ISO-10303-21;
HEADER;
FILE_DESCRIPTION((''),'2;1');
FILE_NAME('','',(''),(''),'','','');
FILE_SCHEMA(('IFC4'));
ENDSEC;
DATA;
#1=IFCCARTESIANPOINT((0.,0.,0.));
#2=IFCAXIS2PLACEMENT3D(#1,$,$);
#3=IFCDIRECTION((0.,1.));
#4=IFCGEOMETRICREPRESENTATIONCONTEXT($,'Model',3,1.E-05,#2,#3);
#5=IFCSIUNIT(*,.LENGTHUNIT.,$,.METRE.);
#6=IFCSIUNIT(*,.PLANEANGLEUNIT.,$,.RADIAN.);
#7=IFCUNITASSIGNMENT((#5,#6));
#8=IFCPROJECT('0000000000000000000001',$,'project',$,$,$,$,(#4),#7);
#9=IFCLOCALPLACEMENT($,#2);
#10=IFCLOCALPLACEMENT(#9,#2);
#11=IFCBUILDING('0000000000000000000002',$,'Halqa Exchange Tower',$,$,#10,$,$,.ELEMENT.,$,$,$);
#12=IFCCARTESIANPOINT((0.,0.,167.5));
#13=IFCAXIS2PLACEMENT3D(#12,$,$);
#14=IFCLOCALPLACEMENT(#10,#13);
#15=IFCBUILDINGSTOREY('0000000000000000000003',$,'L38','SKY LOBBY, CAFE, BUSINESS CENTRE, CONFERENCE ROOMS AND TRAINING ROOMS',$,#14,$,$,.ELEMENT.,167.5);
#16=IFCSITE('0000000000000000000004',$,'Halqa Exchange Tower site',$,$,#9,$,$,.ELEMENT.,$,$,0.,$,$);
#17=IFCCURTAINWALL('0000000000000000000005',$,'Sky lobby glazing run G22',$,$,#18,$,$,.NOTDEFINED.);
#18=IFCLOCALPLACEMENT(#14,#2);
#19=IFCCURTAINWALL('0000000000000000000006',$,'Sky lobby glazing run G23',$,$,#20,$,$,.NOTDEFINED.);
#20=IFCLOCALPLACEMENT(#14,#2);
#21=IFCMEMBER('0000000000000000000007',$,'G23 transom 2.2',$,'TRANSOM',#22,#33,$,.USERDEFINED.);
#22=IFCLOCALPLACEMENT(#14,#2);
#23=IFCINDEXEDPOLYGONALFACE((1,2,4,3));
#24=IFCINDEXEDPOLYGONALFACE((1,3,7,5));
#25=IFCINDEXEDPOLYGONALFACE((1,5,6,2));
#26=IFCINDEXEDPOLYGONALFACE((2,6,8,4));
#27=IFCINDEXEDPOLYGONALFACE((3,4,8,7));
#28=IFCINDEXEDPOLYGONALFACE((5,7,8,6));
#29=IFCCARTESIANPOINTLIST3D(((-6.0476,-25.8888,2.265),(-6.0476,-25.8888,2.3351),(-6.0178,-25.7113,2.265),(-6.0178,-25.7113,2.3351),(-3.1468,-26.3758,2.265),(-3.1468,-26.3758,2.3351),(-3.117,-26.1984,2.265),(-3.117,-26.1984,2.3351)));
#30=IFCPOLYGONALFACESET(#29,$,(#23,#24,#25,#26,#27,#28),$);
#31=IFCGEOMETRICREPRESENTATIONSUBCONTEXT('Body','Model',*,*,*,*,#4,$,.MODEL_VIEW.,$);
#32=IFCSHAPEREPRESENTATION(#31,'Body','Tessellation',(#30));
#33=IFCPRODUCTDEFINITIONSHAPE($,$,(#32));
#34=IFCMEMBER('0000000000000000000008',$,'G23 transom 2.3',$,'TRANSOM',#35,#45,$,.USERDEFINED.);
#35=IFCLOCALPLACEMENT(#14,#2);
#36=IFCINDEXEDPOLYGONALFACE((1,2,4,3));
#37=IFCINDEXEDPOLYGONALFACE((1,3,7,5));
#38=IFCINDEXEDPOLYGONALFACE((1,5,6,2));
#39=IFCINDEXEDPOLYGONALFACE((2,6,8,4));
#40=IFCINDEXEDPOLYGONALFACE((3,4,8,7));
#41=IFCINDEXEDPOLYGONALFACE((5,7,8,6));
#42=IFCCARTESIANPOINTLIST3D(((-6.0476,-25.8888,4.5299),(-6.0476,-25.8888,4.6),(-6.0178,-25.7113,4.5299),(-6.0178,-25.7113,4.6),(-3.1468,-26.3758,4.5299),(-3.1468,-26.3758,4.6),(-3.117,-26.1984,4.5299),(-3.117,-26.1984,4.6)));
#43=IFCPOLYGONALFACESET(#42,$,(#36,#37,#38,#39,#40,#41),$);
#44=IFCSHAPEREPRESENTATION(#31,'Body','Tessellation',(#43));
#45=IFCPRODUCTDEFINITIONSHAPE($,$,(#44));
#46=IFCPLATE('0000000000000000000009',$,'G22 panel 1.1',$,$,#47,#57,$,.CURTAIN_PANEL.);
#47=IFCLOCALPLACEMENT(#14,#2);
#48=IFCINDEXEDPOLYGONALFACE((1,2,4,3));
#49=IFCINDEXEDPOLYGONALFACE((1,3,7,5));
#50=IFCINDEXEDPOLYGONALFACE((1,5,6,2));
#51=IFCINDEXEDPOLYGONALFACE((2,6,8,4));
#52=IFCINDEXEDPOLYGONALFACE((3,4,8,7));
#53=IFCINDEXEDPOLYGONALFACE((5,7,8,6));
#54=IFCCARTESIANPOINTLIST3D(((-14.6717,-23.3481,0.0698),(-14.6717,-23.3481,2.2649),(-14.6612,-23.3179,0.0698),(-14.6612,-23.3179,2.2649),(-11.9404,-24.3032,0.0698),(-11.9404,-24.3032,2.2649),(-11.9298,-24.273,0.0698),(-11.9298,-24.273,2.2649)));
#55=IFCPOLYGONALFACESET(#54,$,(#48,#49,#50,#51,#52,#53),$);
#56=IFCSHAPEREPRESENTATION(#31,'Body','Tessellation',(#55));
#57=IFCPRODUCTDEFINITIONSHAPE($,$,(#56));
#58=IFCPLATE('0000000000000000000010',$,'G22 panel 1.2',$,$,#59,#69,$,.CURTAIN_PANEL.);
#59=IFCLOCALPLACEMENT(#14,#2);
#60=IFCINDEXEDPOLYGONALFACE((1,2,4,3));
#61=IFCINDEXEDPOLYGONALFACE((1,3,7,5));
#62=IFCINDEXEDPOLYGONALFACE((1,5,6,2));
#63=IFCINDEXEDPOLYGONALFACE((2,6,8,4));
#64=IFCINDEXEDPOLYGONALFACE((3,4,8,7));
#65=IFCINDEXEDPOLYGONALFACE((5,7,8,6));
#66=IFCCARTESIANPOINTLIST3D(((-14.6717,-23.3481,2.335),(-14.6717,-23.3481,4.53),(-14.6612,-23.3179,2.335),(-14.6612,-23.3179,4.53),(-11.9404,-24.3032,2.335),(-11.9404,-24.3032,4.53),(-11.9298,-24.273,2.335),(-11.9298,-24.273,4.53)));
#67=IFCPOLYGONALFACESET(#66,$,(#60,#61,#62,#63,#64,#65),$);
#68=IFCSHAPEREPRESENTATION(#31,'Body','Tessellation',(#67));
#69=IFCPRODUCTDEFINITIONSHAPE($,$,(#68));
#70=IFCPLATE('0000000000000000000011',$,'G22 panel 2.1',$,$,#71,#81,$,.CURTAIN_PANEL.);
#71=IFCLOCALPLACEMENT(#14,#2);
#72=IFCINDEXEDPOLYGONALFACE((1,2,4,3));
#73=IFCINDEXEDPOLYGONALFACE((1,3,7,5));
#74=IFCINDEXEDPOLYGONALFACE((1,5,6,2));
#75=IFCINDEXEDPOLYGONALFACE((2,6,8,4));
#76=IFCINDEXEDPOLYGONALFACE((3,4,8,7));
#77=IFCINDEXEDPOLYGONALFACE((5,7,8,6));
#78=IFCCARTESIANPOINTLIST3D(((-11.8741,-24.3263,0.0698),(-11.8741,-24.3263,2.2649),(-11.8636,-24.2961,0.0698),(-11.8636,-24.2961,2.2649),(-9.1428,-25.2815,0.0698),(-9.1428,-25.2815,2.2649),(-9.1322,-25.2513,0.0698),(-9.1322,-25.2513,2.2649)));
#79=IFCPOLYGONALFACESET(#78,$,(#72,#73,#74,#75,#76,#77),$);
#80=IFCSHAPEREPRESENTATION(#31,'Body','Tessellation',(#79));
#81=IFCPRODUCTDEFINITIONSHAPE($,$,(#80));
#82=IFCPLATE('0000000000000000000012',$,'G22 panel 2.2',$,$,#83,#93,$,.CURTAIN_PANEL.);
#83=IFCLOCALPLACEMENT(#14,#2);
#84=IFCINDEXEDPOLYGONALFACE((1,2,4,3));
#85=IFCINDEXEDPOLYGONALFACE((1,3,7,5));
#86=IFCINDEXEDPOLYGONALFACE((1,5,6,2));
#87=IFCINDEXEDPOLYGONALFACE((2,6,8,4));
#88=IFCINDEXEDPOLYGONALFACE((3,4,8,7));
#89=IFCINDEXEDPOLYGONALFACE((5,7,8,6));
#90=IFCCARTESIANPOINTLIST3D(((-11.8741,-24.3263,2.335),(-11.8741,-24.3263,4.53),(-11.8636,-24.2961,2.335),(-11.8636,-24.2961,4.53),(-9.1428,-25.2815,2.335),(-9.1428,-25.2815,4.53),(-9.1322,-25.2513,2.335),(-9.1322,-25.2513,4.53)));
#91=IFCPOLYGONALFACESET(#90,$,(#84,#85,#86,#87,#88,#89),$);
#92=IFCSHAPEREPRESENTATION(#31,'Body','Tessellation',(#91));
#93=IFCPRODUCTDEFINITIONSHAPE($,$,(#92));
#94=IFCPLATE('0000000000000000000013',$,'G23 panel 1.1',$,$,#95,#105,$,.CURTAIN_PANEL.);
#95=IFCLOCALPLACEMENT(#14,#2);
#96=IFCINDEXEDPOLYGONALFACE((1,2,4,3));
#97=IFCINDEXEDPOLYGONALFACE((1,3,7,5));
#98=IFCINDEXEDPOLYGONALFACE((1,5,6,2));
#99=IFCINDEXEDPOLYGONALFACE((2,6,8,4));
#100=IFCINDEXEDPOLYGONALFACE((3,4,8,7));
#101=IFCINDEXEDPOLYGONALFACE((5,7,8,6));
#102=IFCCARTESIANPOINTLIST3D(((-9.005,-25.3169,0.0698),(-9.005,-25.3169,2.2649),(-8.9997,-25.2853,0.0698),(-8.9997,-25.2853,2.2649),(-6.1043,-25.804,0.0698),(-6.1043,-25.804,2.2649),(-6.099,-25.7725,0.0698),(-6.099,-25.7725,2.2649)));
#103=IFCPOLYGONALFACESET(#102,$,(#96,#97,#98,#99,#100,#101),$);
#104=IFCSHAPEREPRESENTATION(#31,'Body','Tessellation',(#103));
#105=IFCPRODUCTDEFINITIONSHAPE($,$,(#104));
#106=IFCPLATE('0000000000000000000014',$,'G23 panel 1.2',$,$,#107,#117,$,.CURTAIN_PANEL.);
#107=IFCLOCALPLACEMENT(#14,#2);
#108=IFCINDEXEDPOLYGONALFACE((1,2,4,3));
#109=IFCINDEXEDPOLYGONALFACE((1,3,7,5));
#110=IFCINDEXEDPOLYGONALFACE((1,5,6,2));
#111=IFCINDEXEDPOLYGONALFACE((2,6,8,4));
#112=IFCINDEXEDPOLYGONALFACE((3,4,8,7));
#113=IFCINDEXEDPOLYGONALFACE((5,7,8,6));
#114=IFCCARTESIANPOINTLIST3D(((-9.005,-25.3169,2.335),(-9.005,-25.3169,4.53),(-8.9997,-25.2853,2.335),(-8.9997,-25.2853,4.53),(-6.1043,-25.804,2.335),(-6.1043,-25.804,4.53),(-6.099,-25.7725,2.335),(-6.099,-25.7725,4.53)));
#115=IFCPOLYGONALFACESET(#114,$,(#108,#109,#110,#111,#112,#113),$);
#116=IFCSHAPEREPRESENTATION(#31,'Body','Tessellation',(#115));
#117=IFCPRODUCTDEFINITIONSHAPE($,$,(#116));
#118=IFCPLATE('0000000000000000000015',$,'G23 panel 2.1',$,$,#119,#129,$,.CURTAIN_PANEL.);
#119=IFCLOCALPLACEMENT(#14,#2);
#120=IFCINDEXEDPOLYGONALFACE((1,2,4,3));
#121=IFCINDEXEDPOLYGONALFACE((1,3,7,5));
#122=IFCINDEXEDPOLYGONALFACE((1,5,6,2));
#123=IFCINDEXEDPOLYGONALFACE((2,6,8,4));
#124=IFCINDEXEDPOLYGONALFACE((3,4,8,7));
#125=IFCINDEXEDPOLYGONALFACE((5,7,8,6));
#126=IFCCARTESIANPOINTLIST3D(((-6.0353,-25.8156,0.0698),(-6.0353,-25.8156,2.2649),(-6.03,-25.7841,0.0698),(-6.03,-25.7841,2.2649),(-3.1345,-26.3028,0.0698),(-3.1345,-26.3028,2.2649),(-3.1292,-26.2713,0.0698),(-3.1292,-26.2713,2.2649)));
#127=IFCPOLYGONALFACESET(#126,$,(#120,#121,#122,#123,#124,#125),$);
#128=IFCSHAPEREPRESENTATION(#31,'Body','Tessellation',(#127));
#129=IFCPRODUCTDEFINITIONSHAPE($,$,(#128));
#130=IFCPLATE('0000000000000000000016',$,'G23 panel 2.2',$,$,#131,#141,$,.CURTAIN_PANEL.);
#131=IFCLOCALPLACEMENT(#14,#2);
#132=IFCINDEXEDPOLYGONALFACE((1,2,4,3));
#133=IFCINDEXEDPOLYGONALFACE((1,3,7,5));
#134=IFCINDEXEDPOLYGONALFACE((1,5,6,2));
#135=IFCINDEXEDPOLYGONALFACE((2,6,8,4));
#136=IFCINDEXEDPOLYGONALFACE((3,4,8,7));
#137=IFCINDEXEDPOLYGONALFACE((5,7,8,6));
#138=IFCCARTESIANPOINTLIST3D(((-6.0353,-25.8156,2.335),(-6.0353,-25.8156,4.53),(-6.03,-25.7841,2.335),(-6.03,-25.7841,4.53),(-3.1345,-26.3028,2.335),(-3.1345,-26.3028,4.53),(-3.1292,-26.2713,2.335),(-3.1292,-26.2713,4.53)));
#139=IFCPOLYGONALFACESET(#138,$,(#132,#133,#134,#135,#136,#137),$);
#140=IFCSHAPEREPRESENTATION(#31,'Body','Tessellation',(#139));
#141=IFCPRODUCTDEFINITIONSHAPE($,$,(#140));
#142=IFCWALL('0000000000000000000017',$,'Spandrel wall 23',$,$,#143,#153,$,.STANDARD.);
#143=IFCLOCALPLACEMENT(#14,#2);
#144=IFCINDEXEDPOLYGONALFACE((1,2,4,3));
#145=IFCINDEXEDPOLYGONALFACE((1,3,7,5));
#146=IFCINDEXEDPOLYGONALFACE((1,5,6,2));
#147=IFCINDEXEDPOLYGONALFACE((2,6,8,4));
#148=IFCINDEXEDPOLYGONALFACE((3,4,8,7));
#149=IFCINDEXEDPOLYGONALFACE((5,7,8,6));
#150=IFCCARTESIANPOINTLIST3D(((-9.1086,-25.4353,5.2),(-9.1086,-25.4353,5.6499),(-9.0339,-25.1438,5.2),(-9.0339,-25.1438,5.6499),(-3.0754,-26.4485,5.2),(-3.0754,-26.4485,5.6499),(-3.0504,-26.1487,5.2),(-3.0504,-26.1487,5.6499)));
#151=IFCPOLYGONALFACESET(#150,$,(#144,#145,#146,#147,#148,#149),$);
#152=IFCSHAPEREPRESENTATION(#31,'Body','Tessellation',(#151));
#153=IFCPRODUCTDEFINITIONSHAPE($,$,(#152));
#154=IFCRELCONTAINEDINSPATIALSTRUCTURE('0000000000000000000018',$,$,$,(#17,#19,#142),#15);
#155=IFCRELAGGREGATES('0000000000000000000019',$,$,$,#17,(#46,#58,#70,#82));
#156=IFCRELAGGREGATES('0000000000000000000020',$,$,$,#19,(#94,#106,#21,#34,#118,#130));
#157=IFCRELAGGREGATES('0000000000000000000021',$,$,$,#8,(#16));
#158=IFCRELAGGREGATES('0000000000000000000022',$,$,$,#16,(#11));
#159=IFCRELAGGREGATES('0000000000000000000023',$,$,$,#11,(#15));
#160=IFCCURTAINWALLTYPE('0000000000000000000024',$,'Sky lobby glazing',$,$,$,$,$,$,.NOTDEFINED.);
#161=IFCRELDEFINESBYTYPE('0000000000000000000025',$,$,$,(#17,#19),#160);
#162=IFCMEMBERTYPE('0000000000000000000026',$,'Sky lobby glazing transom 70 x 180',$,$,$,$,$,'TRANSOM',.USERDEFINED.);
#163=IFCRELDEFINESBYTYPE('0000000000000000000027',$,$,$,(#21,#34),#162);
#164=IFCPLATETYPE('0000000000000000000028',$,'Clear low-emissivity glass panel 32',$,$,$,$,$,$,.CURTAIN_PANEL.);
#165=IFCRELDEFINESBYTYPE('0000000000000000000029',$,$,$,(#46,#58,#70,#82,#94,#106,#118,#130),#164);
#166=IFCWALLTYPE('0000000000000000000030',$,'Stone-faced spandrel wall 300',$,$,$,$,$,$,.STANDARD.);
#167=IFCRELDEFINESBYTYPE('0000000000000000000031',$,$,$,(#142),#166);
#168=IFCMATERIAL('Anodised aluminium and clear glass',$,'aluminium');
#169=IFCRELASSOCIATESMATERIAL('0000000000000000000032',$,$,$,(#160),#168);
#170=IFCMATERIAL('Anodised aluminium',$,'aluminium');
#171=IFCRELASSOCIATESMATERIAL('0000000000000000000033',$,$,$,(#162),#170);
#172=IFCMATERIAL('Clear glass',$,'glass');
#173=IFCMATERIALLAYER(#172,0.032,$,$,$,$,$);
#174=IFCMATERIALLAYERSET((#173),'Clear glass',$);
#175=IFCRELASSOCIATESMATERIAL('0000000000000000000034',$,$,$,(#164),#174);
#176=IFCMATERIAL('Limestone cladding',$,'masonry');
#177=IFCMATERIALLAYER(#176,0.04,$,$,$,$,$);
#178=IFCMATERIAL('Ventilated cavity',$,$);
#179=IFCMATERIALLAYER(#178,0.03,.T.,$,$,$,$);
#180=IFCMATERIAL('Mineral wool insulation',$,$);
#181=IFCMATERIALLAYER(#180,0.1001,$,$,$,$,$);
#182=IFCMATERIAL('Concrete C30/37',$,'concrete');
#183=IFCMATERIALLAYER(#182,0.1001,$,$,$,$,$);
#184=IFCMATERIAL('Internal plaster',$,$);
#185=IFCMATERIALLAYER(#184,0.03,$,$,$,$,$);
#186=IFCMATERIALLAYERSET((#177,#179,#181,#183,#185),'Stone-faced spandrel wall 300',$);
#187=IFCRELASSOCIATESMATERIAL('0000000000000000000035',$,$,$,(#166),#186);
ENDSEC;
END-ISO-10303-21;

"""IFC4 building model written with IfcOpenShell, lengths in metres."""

from ifc_helpers import new_model, si_unit, direction, frame, origin, origin_2d, place, context, subcontext, project, spatial, polyline, rectangle, outline, extrude, material, layer, layer_set, material_profile, profile_set, type_object, element, aggregate, save


model = new_model("IFC4")

# Units and contexts
model_context = context("Model", 3, precision=1e-05, world=origin(), true_north=direction((0.0, 1.0)))
body_context = subcontext(model_context, "Body", "Model", "MODEL_VIEW")
ifc_project = project(units=[si_unit("LENGTHUNIT", "METRE"), si_unit("PLANEANGLEUNIT", "RADIAN")], contexts=[model_context])

# Site, building, storey
site_placement = place(None, origin())
site = spatial("IfcSite", under=ifc_project, at=site_placement, Name="Halqa Exchange Tower site", CompositionType="ELEMENT", RefElevation=0.0)
building_placement = place(site_placement, origin())
building = spatial("IfcBuilding", under=site, at=building_placement, Name="Halqa Exchange Tower", CompositionType="ELEMENT")
storey_placement = place(building_placement, frame((0.0, 0.0, 167.5)))
storey = spatial("IfcBuildingStorey", under=building, at=storey_placement, Name="L38", Description="SKY LOBBY, CAFE, BUSINESS CENTRE, CONFERENCE ROOMS AND TRAINING ROOMS", CompositionType="ELEMENT", Elevation=167.5)

# Curtain walls
ifc_material_1 = material(Name="Anodised aluminium and clear glass", Category="aluminium")
curtain_wall_type = type_object("IfcCurtainWallType", Name="Sky lobby glazing", PredefinedType="NOTDEFINED", material=ifc_material_1)
curtain_wall_1_placement = place(storey_placement, origin())
curtain_wall_1 = element("IfcCurtainWall", 1, at=curtain_wall_1_placement, inside=storey, type_object=curtain_wall_type, Name="Sky lobby glazing run G22", PredefinedType="NOTDEFINED")
ifc_material_2 = material(Name="Anodised aluminium", Category="aluminium")
curtain_wall_2_placement = place(storey_placement, origin())
curtain_wall_2 = element("IfcCurtainWall", 2, at=curtain_wall_2_placement, inside=storey, type_object=curtain_wall_type, Name="Sky lobby glazing run G23", PredefinedType="NOTDEFINED")

# Members
ifc_material_profile_1 = material_profile(ifc_material_2, rectangle(XDim=0.1799, YDim=0.0701, at=origin_2d()), Name="AL 70x180")
ifc_profile_set_1 = profile_set([ifc_material_profile_1], Name="Anodised aluminium")
member_type_1 = type_object("IfcMemberType", Name="Sky lobby glazing transom 70 x 180", ElementType="TRANSOM", PredefinedType="USERDEFINED", material=ifc_profile_set_1)
member_1_placement = place(storey_placement, frame((-6.0327, -25.8, 2.3), z_axis=(0.986196, -0.165583, 0.0), x_axis=(0.165583, 0.986196, 0.0)))
member_1 = element("IfcMember", 3, at=member_1_placement, type_object=member_type_1, Name="G23 transom 2.2", ObjectType="TRANSOM", PredefinedType="USERDEFINED", context=body_context, shape_type="SweptSolid", body=[
    extrude(rectangle(XDim=0.1799, YDim=0.0701, at=origin_2d()), origin(), (0.0, 0.0, 1.0), 2.9414),
])
member_2_placement = place(storey_placement, frame((-6.0327, -25.8, 4.5649), z_axis=(0.986196, -0.165583, 0.0), x_axis=(0.165583, 0.986196, 0.0)))
member_2 = element("IfcMember", 4, at=member_2_placement, type_object=member_type_1, Name="G23 transom 2.3", ObjectType="TRANSOM", PredefinedType="USERDEFINED", context=body_context, shape_type="SweptSolid", body=[
    extrude(rectangle(XDim=0.1799, YDim=0.0701, at=origin_2d()), origin(), (0.0, 0.0, 1.0), 2.9414),
])

# Plates
ifc_material_3 = material(Name="Clear glass", Category="glass")
ifc_layer_1 = layer(ifc_material_3, 0.032)
ifc_layer_set_1 = layer_set([ifc_layer_1], Name="Clear glass")
plate_type = type_object("IfcPlateType", Name="Clear low-emissivity glass panel 32", PredefinedType="CURTAIN_PANEL", material=ifc_layer_set_1)
plate_1_placement = place(storey_placement, frame((-13.3008, -23.8105, 0.0698), z_axis=(0.0, 0.0, 1.0), x_axis=(0.943946, -0.3301, 0.0)))
plate_1 = element("IfcPlate", 5, at=plate_1_placement, type_object=plate_type, Name="G22 panel 1.1", PredefinedType="CURTAIN_PANEL", context=body_context, shape_type="SweptSolid", body=[
    extrude(rectangle(XDim=2.8936, YDim=0.032, at=origin_2d()), origin(), (0.0, 0.0, 1.0), 2.1951),
])
plate_2_placement = place(storey_placement, frame((-13.3008, -23.8105, 2.335), z_axis=(0.0, 0.0, 1.0), x_axis=(0.943946, -0.3301, 0.0)))
plate_2 = element("IfcPlate", 6, at=plate_2_placement, type_object=plate_type, Name="G22 panel 1.2", PredefinedType="CURTAIN_PANEL", context=body_context, shape_type="SweptSolid", body=[
    extrude(rectangle(XDim=2.8936, YDim=0.032, at=origin_2d()), origin(), (0.0, 0.0, 1.0), 2.1951),
])
plate_3_placement = place(storey_placement, frame((-10.5032, -24.7888, 0.0698), z_axis=(0.0, 0.0, 1.0), x_axis=(0.943946, -0.3301, 0.0)))
plate_3 = element("IfcPlate", 7, at=plate_3_placement, type_object=plate_type, Name="G22 panel 2.1", PredefinedType="CURTAIN_PANEL", context=body_context, shape_type="SweptSolid", body=[
    extrude(rectangle(XDim=2.8936, YDim=0.032, at=origin_2d()), origin(), (0.0, 0.0, 1.0), 2.1951),
])
plate_4_placement = place(storey_placement, frame((-10.5032, -24.7888, 2.335), z_axis=(0.0, 0.0, 1.0), x_axis=(0.943946, -0.3301, 0.0)))
plate_4 = element("IfcPlate", 8, at=plate_4_placement, type_object=plate_type, Name="G22 panel 2.2", PredefinedType="CURTAIN_PANEL", context=body_context, shape_type="SweptSolid", body=[
    extrude(rectangle(XDim=2.8936, YDim=0.032, at=origin_2d()), origin(), (0.0, 0.0, 1.0), 2.1951),
])
aggregate(curtain_wall_1, [plate_1, plate_2, plate_3, plate_4])
plate_5_placement = place(storey_placement, frame((-7.552, -25.5447, 0.0698), z_axis=(0.0, 0.0, 1.0), x_axis=(0.986189, -0.165626, 0.0)))
plate_5 = element("IfcPlate", 9, at=plate_5_placement, type_object=plate_type, Name="G23 panel 1.1", PredefinedType="CURTAIN_PANEL", context=body_context, shape_type="SweptSolid", body=[
    extrude(rectangle(XDim=2.9414, YDim=0.032, at=origin_2d()), origin(), (0.0, 0.0, 1.0), 2.1951),
])
plate_6_placement = place(storey_placement, frame((-7.552, -25.5447, 2.335), z_axis=(0.0, 0.0, 1.0), x_axis=(0.986189, -0.165626, 0.0)))
plate_6 = element("IfcPlate", 10, at=plate_6_placement, type_object=plate_type, Name="G23 panel 1.2", PredefinedType="CURTAIN_PANEL", context=body_context, shape_type="SweptSolid", body=[
    extrude(rectangle(XDim=2.9414, YDim=0.032, at=origin_2d()), origin(), (0.0, 0.0, 1.0), 2.1951),
])
plate_7_placement = place(storey_placement, frame((-4.5823, -26.0435, 0.0698), z_axis=(0.0, 0.0, 1.0), x_axis=(0.986189, -0.165626, 0.0)))
plate_7 = element("IfcPlate", 11, at=plate_7_placement, type_object=plate_type, Name="G23 panel 2.1", PredefinedType="CURTAIN_PANEL", context=body_context, shape_type="SweptSolid", body=[
    extrude(rectangle(XDim=2.9414, YDim=0.032, at=origin_2d()), origin(), (0.0, 0.0, 1.0), 2.1951),
])
plate_8_placement = place(storey_placement, frame((-4.5823, -26.0435, 2.335), z_axis=(0.0, 0.0, 1.0), x_axis=(0.986189, -0.165626, 0.0)))
plate_8 = element("IfcPlate", 12, at=plate_8_placement, type_object=plate_type, Name="G23 panel 2.2", PredefinedType="CURTAIN_PANEL", context=body_context, shape_type="SweptSolid", body=[
    extrude(rectangle(XDim=2.9414, YDim=0.032, at=origin_2d()), origin(), (0.0, 0.0, 1.0), 2.1951),
])
aggregate(curtain_wall_2, [plate_5, plate_6, member_1, member_2, plate_7, plate_8])

# Shared definitions
ifc_material_4 = material(Name="Limestone cladding", Category="masonry")
ifc_material_5 = material(Name="Ventilated cavity")
ifc_material_6 = material(Name="Mineral wool insulation")
ifc_material_7 = material(Name="Concrete C30/37", Category="concrete")
ifc_material_8 = material(Name="Internal plaster")

# Wall
ifc_layer_2 = layer(ifc_material_4, 0.04)
ifc_layer_3 = layer(ifc_material_5, 0.03, ventilated=True)
ifc_layer_4 = layer(ifc_material_6, 0.1001)
ifc_layer_5 = layer(ifc_material_7, 0.1001)
ifc_layer_6 = layer(ifc_material_8, 0.03)
ifc_layer_set_2 = layer_set([ifc_layer_2, ifc_layer_3, ifc_layer_4, ifc_layer_5, ifc_layer_6], Name="Stone-faced spandrel wall 300")
wall_type_1 = type_object("IfcWallType", Name="Stone-faced spandrel wall 300", PredefinedType="STANDARD", material=ifc_layer_set_2)
wall_1_placement = place(storey_placement, frame((-9.0713, -25.2896, 5.2), z_axis=(0.0, 0.0, 1.0), x_axis=(0.98619, -0.165621, 0.0)))
element("IfcWall", 13, at=wall_1_placement, inside=storey, type_object=wall_type_1, Name="Spandrel wall 23", PredefinedType="STANDARD", context=body_context, shape_type="SweptSolid", body=[
    extrude(outline(polyline([(-0.0127, -0.1499), (6.105, -0.1499), (6.0801, 0.1499), (0.0127, 0.1499), (-0.0127, -0.1499)])), origin(), (0.0, 0.0, 1.0), 0.45),
])

save(model, "model.ifc")
